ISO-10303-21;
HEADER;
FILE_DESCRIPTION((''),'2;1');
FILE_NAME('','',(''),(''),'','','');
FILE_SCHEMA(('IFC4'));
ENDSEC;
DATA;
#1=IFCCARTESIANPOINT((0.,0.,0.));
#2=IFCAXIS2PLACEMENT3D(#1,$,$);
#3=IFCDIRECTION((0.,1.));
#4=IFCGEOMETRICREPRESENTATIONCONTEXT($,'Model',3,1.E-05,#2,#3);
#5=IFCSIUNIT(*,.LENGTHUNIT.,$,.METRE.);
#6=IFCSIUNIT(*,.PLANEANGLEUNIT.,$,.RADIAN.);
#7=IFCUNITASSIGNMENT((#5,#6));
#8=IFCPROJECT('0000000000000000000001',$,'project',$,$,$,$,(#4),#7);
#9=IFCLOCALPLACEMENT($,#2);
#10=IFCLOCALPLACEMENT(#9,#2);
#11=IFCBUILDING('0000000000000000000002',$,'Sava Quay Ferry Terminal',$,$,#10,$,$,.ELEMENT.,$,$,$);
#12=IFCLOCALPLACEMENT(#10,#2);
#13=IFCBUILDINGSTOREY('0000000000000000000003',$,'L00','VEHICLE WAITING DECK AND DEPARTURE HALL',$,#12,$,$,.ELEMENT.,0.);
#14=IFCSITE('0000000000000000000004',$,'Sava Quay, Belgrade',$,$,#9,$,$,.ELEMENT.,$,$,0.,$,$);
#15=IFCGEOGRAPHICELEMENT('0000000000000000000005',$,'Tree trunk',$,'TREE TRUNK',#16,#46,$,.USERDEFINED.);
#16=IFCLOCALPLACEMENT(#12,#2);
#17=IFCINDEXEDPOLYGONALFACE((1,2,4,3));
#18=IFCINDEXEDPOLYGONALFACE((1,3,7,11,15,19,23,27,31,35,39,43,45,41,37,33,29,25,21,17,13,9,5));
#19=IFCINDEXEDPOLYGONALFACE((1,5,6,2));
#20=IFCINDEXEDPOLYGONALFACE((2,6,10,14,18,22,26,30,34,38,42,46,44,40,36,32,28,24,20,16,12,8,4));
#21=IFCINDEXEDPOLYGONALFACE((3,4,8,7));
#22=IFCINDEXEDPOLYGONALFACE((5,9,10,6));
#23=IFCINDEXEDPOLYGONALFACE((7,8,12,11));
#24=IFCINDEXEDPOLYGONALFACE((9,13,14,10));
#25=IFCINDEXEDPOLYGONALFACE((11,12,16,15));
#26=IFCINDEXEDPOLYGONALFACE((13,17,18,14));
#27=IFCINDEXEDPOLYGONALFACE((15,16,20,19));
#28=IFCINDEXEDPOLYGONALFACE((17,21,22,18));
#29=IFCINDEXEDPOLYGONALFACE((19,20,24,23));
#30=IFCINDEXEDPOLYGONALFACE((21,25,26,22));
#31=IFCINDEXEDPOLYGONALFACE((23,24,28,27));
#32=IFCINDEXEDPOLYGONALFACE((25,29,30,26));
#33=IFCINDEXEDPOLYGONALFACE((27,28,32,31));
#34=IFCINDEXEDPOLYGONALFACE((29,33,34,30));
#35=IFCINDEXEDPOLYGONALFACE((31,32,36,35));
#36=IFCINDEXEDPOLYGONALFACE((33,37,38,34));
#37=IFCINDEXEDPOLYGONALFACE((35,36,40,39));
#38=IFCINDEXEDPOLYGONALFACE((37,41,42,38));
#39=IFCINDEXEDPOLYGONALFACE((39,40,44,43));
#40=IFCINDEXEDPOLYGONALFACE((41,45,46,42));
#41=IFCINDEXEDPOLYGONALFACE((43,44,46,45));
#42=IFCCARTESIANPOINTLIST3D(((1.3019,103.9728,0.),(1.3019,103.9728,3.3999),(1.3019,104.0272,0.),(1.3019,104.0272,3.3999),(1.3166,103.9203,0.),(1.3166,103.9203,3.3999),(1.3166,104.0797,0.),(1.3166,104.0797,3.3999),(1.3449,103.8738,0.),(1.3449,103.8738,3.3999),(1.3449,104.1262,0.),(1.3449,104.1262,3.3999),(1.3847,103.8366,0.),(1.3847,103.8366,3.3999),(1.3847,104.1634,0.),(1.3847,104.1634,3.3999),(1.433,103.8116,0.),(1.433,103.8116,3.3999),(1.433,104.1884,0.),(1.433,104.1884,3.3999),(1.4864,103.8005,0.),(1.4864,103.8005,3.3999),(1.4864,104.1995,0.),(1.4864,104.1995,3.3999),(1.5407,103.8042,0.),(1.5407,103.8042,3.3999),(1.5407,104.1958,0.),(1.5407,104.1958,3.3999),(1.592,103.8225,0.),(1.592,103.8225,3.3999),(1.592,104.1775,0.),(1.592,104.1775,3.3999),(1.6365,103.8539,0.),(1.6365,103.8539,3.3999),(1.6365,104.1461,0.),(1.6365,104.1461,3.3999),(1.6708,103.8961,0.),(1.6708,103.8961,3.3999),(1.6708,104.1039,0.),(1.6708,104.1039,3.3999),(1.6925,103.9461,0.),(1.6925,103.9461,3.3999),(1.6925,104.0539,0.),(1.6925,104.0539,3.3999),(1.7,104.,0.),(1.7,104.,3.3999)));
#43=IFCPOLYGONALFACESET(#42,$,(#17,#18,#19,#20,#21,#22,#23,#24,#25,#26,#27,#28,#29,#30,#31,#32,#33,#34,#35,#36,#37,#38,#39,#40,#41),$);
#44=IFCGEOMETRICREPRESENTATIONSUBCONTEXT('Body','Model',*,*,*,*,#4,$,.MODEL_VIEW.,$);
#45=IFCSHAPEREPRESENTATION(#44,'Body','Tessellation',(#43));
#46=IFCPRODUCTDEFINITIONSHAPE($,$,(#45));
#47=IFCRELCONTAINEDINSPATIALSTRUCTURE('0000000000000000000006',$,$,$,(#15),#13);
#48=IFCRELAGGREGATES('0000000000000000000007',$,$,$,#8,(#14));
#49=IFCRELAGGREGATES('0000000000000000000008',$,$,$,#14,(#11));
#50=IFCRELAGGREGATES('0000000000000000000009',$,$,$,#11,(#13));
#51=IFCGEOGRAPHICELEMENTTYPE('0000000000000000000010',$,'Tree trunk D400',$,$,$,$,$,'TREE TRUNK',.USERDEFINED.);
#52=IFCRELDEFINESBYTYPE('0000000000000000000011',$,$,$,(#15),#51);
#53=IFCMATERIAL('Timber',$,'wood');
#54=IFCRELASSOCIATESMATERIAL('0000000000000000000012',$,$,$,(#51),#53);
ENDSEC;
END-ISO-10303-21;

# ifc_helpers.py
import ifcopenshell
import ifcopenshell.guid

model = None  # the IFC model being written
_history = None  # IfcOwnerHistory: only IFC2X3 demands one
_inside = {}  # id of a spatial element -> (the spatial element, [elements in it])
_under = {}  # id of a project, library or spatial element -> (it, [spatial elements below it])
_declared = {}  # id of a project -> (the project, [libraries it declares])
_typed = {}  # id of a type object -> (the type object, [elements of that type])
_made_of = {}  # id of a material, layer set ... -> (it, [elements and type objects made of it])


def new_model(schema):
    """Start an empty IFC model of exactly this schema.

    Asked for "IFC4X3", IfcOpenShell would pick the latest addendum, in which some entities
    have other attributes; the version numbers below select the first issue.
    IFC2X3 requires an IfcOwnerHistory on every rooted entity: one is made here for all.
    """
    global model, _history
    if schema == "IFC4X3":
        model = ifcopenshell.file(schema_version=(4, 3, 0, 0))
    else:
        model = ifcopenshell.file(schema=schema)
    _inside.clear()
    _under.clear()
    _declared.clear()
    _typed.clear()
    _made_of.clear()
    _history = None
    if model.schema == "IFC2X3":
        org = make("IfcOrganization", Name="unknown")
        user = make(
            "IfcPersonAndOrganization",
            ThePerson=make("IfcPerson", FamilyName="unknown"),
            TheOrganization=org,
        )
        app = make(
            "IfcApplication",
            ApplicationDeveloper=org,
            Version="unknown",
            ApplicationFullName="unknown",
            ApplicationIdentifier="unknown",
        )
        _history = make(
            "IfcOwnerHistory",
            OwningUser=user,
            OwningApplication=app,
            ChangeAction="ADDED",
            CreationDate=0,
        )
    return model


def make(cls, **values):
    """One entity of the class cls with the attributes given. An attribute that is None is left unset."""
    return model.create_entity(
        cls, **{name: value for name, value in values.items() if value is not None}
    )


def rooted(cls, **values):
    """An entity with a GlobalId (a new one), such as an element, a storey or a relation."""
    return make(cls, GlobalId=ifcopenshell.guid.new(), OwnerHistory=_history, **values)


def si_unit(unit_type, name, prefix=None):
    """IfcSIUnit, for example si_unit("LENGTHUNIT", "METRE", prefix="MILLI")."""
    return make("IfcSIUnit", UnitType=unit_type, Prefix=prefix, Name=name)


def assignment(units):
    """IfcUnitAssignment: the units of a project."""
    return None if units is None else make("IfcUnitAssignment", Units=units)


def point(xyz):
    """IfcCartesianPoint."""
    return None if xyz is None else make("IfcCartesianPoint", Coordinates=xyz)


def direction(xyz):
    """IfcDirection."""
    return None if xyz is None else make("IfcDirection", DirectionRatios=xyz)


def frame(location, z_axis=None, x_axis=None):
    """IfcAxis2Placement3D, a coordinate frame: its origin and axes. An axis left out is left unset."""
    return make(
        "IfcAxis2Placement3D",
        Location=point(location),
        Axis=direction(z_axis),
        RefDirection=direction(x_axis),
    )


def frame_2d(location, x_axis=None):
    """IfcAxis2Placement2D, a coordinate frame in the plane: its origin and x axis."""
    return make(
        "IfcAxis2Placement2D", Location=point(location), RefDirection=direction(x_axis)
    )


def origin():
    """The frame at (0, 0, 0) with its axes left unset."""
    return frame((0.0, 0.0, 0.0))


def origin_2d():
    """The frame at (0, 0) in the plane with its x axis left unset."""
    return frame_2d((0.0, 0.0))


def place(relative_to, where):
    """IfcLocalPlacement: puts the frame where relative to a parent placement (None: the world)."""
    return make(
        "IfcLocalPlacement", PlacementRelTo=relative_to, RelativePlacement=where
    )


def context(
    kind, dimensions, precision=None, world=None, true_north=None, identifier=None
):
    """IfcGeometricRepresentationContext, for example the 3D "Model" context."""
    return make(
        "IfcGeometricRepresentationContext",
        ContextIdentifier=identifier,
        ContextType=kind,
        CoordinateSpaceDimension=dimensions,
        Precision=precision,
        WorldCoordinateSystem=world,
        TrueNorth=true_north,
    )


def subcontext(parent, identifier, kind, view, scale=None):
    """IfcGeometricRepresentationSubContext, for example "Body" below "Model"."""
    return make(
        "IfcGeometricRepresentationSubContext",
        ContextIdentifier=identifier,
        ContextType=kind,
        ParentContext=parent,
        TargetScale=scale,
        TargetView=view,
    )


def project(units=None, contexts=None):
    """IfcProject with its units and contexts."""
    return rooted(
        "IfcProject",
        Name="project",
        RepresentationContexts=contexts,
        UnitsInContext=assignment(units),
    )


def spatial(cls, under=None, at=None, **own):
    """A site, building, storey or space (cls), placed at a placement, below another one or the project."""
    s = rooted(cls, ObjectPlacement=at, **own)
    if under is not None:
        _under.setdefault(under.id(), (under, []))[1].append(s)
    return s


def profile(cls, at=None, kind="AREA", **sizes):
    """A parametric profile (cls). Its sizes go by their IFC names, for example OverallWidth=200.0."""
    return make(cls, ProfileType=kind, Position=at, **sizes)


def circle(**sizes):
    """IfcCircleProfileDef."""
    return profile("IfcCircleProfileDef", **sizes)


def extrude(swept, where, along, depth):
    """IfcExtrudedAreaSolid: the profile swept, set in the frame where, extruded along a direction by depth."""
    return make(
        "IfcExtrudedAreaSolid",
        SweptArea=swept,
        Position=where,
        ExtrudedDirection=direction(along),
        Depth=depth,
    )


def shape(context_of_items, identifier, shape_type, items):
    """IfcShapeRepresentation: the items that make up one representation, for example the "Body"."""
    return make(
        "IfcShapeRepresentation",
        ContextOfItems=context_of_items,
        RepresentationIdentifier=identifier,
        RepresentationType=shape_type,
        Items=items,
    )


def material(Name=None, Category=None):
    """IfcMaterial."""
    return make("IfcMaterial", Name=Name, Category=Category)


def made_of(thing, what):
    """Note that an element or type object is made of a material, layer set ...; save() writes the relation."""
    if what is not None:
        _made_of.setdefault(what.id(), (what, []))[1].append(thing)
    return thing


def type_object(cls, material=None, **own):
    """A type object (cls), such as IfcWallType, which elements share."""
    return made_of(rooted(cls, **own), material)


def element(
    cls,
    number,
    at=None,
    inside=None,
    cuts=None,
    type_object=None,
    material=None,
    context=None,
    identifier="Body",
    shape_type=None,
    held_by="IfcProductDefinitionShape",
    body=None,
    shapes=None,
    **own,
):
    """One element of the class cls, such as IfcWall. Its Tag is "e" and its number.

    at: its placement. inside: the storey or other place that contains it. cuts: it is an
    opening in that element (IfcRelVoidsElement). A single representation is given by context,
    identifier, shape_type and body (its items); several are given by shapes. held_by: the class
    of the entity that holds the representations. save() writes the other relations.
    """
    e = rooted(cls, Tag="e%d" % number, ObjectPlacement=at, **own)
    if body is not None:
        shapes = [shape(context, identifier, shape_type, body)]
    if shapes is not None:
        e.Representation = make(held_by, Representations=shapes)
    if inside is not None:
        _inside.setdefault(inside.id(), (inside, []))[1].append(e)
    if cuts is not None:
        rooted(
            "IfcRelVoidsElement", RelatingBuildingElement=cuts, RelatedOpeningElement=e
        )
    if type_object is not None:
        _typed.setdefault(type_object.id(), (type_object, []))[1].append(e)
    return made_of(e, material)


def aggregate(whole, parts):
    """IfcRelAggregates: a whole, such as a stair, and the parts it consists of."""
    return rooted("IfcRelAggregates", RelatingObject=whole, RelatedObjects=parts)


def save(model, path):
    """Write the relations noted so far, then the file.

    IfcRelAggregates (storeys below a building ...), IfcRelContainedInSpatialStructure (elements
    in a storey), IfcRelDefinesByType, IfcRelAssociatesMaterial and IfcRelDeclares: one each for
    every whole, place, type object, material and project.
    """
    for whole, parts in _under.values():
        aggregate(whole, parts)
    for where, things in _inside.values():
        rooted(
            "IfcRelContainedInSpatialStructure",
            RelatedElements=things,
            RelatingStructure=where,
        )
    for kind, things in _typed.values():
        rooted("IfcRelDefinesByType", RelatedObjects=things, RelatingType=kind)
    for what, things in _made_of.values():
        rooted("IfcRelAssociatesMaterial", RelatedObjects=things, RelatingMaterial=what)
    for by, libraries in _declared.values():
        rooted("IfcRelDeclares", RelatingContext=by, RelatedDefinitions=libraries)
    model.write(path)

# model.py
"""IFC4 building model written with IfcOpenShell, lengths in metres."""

from ifc_helpers import new_model, si_unit, direction, frame, origin, origin_2d, place, context, subcontext, project, spatial, circle, extrude, material, type_object, element, save


model = new_model("IFC4")

# Units and contexts
model_context = context("Model", 3, precision=1e-05, world=origin(), true_north=direction((0.0, 1.0)))
body_context = subcontext(model_context, "Body", "Model", "MODEL_VIEW")
ifc_project = project(units=[si_unit("LENGTHUNIT", "METRE"), si_unit("PLANEANGLEUNIT", "RADIAN")], contexts=[model_context])

# Site, building, storey
site_placement = place(None, origin())
site = spatial("IfcSite", under=ifc_project, at=site_placement, Name="Sava Quay, Belgrade", CompositionType="ELEMENT", RefElevation=0.0)
building_placement = place(site_placement, origin())
building = spatial("IfcBuilding", under=site, at=building_placement, Name="Sava Quay Ferry Terminal", CompositionType="ELEMENT")
storey_placement = place(building_placement, origin())
storey = spatial("IfcBuildingStorey", under=building, at=storey_placement, Name="L00", Description="VEHICLE WAITING DECK AND DEPARTURE HALL", CompositionType="ELEMENT", Elevation=0.0)

# Geographic element
ifc_material_1 = material(Name="Timber", Category="wood")
geographic_element_type_1 = type_object("IfcGeographicElementType", Name="Tree trunk D400", ElementType="TREE TRUNK", PredefinedType="USERDEFINED", material=ifc_material_1)
for number, where, z_axis, x_axis, name in (
    (1, (1.5, 104.0, 3.3999), (0.0, 0.0, -1.0), (1.0, 0.0, 0.0), "Tree trunk"),
):
    element("IfcGeographicElement", number, at=place(storey_placement, frame(where, z_axis=z_axis, x_axis=x_axis)), inside=storey, type_object=geographic_element_type_1, Name=name, ObjectType="TREE TRUNK", PredefinedType="USERDEFINED", context=body_context, shape_type="SweptSolid", body=[
        extrude(circle(Radius=0.2, at=origin_2d()), origin(), (0.0, 0.0, 1.0), 3.3999),
    ])

save(model, "model.ifc")
